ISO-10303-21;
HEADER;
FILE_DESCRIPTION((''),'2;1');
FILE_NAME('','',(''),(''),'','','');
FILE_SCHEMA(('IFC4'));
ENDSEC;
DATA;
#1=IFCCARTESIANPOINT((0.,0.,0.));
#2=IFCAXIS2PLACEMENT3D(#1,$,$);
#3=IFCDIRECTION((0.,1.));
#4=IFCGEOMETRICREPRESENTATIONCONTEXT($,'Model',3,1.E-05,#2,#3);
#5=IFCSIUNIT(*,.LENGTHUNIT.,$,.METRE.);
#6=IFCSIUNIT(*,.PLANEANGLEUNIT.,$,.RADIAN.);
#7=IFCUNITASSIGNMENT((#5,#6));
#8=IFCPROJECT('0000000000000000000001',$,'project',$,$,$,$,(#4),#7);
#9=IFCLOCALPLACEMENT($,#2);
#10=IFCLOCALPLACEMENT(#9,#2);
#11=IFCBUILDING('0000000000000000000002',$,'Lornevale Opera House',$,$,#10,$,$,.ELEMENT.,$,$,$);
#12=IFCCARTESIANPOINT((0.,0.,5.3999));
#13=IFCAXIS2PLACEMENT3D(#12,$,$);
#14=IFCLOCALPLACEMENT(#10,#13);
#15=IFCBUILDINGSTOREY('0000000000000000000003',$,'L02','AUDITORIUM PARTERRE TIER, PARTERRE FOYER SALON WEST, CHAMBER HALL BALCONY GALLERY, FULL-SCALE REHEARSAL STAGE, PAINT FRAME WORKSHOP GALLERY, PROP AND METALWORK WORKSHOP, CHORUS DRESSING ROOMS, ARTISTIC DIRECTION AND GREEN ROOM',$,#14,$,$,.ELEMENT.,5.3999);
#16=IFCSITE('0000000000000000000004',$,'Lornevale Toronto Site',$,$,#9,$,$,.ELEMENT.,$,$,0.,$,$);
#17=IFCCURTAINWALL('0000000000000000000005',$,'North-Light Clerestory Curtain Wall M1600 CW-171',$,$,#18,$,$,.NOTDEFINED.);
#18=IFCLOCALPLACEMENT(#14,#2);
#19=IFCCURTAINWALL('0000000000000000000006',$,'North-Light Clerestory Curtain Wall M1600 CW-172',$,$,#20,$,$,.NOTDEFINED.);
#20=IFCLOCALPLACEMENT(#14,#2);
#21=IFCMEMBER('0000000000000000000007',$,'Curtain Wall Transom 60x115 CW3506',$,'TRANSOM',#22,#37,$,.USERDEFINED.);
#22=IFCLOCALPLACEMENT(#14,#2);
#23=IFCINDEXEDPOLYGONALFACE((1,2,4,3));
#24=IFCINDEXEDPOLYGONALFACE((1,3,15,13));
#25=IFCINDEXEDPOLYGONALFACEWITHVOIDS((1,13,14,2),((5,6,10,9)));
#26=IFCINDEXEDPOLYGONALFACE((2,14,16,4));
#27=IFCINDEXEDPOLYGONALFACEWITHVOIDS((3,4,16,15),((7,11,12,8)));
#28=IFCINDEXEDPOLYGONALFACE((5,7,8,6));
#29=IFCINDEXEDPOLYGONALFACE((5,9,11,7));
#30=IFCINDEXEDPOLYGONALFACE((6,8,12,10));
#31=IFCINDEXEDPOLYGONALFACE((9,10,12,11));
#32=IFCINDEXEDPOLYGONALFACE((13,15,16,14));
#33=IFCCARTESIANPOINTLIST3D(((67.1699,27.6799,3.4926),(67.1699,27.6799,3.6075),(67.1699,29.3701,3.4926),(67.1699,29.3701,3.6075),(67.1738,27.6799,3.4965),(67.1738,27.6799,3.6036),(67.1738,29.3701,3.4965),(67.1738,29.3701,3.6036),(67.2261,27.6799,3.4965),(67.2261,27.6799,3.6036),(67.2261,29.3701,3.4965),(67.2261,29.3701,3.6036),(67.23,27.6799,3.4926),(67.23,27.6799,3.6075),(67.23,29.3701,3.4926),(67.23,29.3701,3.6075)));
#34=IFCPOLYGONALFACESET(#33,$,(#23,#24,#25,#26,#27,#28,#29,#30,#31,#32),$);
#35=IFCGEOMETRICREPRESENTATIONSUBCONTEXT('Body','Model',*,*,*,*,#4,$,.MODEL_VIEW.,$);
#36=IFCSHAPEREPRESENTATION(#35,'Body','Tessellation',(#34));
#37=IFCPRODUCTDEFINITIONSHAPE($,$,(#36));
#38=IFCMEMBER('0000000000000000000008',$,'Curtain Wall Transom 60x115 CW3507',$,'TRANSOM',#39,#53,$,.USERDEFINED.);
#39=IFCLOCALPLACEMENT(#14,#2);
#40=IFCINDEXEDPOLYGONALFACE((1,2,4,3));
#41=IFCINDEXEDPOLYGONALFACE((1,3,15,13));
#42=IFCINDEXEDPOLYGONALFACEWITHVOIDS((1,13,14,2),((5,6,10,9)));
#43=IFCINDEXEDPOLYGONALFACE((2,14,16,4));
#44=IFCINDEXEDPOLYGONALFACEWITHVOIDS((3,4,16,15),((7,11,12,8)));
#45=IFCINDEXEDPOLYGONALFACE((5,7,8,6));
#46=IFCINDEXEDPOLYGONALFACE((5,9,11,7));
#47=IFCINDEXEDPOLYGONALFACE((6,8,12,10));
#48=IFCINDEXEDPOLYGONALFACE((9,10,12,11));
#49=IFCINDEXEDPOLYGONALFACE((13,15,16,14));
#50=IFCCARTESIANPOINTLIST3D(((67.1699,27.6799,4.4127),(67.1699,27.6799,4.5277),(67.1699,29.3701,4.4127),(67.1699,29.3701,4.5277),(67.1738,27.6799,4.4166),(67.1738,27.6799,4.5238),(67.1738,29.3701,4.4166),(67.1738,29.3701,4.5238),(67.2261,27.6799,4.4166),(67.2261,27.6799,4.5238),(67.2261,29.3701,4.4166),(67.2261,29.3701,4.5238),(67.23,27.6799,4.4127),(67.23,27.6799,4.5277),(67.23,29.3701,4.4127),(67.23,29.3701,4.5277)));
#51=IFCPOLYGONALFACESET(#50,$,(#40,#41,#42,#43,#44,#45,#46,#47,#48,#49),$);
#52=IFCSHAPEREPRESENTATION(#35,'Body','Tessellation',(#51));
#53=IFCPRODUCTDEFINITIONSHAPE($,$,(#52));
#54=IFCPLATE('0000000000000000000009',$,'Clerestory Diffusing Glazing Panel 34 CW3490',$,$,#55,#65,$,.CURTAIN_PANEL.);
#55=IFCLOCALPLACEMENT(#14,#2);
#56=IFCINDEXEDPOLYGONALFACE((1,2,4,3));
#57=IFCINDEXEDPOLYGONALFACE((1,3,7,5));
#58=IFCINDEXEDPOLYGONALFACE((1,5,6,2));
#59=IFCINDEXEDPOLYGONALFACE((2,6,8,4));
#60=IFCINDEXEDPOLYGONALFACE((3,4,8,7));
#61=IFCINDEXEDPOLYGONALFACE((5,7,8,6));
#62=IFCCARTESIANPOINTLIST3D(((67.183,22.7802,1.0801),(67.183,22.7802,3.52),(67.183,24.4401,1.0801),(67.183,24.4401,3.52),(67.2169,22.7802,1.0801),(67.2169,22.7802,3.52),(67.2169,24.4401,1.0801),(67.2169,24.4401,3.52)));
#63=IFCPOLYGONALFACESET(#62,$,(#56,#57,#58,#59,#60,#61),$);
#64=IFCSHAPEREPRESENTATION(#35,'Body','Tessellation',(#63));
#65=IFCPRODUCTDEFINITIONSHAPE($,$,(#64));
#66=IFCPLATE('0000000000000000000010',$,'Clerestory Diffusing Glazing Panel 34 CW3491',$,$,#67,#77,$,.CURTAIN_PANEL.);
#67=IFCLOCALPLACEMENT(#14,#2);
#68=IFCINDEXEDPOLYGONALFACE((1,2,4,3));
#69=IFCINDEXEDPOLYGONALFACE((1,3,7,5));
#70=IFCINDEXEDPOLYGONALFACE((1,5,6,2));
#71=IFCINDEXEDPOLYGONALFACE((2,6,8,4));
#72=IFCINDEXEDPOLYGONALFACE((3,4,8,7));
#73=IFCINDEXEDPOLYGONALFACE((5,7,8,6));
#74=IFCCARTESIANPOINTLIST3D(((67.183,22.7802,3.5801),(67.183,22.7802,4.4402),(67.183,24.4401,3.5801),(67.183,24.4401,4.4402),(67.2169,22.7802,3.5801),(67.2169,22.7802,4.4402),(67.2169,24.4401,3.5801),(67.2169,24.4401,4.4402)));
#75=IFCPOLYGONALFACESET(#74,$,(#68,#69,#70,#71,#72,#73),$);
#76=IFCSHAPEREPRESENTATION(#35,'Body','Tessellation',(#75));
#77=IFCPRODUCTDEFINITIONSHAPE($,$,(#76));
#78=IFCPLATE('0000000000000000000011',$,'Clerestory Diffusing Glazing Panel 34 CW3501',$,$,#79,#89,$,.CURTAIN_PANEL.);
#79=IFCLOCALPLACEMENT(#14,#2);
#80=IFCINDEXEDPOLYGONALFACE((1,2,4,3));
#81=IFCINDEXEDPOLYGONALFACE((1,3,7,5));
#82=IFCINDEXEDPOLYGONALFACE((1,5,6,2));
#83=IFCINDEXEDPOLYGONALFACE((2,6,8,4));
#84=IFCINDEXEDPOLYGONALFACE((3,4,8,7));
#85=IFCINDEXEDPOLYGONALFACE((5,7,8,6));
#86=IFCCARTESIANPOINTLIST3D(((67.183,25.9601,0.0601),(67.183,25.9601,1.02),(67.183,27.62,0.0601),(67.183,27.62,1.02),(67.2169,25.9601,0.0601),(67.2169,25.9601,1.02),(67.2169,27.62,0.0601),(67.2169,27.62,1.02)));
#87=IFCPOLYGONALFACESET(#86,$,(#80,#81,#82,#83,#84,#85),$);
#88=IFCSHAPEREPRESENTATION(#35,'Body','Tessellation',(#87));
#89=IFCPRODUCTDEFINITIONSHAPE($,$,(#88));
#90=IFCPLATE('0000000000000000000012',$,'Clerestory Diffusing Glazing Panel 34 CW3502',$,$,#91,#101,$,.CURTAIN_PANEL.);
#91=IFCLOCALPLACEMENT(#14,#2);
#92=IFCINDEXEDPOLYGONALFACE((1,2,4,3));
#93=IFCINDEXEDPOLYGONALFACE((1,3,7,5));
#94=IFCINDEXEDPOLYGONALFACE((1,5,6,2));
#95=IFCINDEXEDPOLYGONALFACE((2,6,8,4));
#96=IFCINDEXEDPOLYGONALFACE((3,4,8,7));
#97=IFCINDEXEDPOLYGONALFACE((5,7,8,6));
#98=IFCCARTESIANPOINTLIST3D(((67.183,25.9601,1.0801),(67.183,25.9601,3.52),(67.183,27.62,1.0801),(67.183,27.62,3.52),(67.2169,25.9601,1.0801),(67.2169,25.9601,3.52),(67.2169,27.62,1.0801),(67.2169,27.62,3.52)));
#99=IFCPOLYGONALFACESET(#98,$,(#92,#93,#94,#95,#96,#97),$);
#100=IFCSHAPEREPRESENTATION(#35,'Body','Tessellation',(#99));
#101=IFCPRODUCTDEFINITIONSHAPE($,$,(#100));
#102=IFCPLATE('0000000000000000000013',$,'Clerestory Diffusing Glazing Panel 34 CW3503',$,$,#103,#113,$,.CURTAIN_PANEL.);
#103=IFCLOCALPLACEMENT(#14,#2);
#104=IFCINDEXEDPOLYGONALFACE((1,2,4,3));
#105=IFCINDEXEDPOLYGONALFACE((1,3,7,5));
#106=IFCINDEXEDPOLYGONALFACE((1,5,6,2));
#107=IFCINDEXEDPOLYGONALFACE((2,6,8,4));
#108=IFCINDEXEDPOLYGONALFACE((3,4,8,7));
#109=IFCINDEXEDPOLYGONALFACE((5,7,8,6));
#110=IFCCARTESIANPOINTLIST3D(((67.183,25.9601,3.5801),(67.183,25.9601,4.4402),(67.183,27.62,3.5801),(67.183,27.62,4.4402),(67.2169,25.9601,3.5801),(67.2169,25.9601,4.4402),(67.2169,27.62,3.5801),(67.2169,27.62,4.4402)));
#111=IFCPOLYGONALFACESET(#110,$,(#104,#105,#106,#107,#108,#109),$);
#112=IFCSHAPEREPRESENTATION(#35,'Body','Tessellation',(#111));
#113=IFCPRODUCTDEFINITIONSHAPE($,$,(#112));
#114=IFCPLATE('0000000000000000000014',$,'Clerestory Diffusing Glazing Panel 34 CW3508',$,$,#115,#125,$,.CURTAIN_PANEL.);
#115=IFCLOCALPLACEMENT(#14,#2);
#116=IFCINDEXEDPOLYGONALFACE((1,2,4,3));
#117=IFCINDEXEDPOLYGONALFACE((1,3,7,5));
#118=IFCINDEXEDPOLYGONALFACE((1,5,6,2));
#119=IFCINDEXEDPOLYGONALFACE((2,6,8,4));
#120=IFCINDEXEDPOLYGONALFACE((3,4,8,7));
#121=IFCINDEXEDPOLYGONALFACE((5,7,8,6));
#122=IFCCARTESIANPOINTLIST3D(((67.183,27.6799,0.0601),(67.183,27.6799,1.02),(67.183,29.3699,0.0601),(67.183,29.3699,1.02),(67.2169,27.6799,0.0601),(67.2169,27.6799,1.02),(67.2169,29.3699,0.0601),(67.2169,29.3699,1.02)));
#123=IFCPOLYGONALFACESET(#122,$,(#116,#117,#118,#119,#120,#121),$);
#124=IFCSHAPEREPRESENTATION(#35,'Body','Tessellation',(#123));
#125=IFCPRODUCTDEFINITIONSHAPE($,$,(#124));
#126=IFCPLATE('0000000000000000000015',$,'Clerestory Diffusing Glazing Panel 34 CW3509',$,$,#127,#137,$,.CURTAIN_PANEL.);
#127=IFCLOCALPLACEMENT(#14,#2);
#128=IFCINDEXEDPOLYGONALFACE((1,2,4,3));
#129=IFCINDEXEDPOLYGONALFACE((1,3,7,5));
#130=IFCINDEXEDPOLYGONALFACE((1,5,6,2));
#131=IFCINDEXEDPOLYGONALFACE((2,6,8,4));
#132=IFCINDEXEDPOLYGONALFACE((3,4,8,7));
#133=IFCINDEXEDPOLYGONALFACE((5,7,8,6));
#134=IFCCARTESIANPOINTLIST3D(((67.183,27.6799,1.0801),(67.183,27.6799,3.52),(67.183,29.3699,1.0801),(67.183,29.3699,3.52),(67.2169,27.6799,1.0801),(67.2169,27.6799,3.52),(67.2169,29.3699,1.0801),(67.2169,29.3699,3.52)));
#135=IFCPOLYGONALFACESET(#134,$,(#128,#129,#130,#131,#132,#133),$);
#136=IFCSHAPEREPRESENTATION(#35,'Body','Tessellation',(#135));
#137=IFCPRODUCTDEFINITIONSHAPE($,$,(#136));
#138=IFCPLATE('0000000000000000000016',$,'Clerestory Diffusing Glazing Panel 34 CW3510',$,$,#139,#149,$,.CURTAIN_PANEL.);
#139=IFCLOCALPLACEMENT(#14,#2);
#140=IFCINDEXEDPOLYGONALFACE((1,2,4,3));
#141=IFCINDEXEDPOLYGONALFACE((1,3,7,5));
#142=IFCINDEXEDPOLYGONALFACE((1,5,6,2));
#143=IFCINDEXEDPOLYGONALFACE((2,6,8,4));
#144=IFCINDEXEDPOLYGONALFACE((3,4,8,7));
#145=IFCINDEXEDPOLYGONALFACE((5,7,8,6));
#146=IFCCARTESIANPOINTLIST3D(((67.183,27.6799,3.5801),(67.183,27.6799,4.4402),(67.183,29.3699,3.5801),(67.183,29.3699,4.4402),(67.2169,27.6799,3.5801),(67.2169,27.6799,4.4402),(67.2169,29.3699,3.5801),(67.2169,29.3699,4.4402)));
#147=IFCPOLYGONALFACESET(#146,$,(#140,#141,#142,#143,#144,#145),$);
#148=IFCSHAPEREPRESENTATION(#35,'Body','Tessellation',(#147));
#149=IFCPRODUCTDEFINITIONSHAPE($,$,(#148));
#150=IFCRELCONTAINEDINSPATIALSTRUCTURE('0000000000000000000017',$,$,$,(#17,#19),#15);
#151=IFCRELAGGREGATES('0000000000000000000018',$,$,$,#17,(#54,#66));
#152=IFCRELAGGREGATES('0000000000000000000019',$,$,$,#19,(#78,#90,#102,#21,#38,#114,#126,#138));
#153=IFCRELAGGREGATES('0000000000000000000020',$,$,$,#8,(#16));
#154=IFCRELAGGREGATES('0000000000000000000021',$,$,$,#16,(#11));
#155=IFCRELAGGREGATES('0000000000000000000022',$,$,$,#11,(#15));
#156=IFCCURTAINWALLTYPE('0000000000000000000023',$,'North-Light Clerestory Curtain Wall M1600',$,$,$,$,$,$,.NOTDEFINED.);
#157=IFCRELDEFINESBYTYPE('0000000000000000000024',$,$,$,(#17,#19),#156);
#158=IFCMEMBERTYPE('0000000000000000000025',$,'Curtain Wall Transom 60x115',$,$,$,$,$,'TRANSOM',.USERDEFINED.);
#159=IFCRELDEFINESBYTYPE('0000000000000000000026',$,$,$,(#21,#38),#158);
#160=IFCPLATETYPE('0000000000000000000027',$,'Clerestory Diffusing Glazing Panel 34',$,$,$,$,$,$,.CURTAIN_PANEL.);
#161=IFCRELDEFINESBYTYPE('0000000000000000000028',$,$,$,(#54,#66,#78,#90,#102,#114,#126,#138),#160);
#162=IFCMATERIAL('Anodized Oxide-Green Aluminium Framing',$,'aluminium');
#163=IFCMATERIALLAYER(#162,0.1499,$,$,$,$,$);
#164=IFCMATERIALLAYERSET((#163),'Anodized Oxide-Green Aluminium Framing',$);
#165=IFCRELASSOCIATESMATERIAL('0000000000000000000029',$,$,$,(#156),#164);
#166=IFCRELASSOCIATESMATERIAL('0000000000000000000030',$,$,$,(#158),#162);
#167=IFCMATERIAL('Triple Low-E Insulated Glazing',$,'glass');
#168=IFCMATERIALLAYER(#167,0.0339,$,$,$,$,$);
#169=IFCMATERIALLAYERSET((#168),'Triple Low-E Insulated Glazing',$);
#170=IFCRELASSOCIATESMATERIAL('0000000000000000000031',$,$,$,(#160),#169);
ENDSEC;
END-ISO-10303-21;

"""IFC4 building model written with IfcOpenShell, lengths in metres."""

from ifc_helpers import new_model, si_unit, direction, frame, origin, origin_2d, place, context, subcontext, project, spatial, rectangle, hollow_rectangle, extrude, material, layer, layer_set, material_profile, profile_set, type_object, element, aggregate, save


model = new_model("IFC4")

# Units and contexts
model_context = context("Model", 3, precision=1e-05, world=origin(), true_north=direction((0.0, 1.0)))
body_context = subcontext(model_context, "Body", "Model", "MODEL_VIEW")
ifc_project = project(units=[si_unit("LENGTHUNIT", "METRE"), si_unit("PLANEANGLEUNIT", "RADIAN")], contexts=[model_context])

# Site, building, storey
site_placement = place(None, origin())
site = spatial("IfcSite", under=ifc_project, at=site_placement, Name="Lornevale Toronto Site", CompositionType="ELEMENT", RefElevation=0.0)
building_placement = place(site_placement, origin())
building = spatial("IfcBuilding", under=site, at=building_placement, Name="Lornevale Opera House", CompositionType="ELEMENT")
storey_placement = place(building_placement, frame((0.0, 0.0, 5.3999)))
storey = spatial("IfcBuildingStorey", under=building, at=storey_placement, Name="L02", Description="AUDITORIUM PARTERRE TIER, PARTERRE FOYER SALON WEST, CHAMBER HALL BALCONY GALLERY, FULL-SCALE REHEARSAL STAGE, PAINT FRAME WORKSHOP GALLERY, PROP AND METALWORK WORKSHOP, CHORUS DRESSING ROOMS, ARTISTIC DIRECTION AND GREEN ROOM", CompositionType="ELEMENT", Elevation=5.3999)

# Curtain wall
ifc_material_1 = material(Name="Anodized Oxide-Green Aluminium Framing", Category="aluminium")
ifc_layer_1 = layer(ifc_material_1, 0.1499)
ifc_layer_set_1 = layer_set([ifc_layer_1], Name="Anodized Oxide-Green Aluminium Framing")
curtain_wall_type = type_object("IfcCurtainWallType", Name="North-Light Clerestory Curtain Wall M1600", PredefinedType="NOTDEFINED", material=ifc_layer_set_1)
curtain_wall_1_placement = place(storey_placement, origin())
curtain_wall_1 = element("IfcCurtainWall", 1, at=curtain_wall_1_placement, inside=storey, type_object=curtain_wall_type, Name="North-Light Clerestory Curtain Wall M1600 CW-171", PredefinedType="NOTDEFINED")

# Curtain wall, members
curtain_wall_2_placement = place(storey_placement, origin())
curtain_wall_2 = element("IfcCurtainWall", 2, at=curtain_wall_2_placement, inside=storey, type_object=curtain_wall_type, Name="North-Light Clerestory Curtain Wall M1600 CW-172", PredefinedType="NOTDEFINED")
ifc_material_profile_1 = material_profile(ifc_material_1, hollow_rectangle(XDim=0.0601, YDim=0.115, WallThickness=0.0039, at=origin_2d()), Name="ALU60x115x4")
ifc_profile_set_1 = profile_set([ifc_material_profile_1], Name="Anodized Oxide-Green Aluminium Framing")
member_type_1 = type_object("IfcMemberType", Name="Curtain Wall Transom 60x115", ElementType="TRANSOM", PredefinedType="USERDEFINED", material=ifc_profile_set_1)
member_1_placement = place(storey_placement, frame((67.2, 27.6799, 3.55), z_axis=(0.0, 1.0, 0.0), x_axis=(-1.0, 0.0, 0.0)))
member_1 = element("IfcMember", 3, at=member_1_placement, type_object=member_type_1, Name="Curtain Wall Transom 60x115 CW3506", ObjectType="TRANSOM", PredefinedType="USERDEFINED", context=body_context, shape_type="SweptSolid", body=[
    extrude(hollow_rectangle(XDim=0.0601, YDim=0.115, WallThickness=0.0039, at=origin_2d()), origin(), (0.0, 0.0, 1.0), 1.6902),
])
member_2_placement = place(storey_placement, frame((67.2, 27.6799, 4.4702), z_axis=(0.0, 1.0, 0.0), x_axis=(-1.0, 0.0, 0.0)))
member_2 = element("IfcMember", 4, at=member_2_placement, type_object=member_type_1, Name="Curtain Wall Transom 60x115 CW3507", ObjectType="TRANSOM", PredefinedType="USERDEFINED", context=body_context, shape_type="SweptSolid", body=[
    extrude(hollow_rectangle(XDim=0.0601, YDim=0.115, WallThickness=0.0039, at=origin_2d()), origin(), (0.0, 0.0, 1.0), 1.6902),
])

# Plates
ifc_material_2 = material(Name="Triple Low-E Insulated Glazing", Category="glass")
ifc_layer_2 = layer(ifc_material_2, 0.0339)
ifc_layer_set_2 = layer_set([ifc_layer_2], Name="Triple Low-E Insulated Glazing")
plate_type = type_object("IfcPlateType", Name="Clerestory Diffusing Glazing Panel 34", PredefinedType="CURTAIN_PANEL", material=ifc_layer_set_2)
plate_1_placement = place(storey_placement, frame((67.2, 23.6101, 1.0801), z_axis=(0.0, 0.0, 1.0), x_axis=(0.0, 1.0, 0.0)))
plate_1 = element("IfcPlate", 5, at=plate_1_placement, type_object=plate_type, Name="Clerestory Diffusing Glazing Panel 34 CW3490", PredefinedType="CURTAIN_PANEL", context=body_context, shape_type="SweptSolid", body=[
    extrude(rectangle(XDim=1.6599, YDim=0.0339, at=origin_2d()), origin(), (0.0, 0.0, 1.0), 2.4399),
])
plate_2_placement = place(storey_placement, frame((67.2, 23.6101, 3.5801), z_axis=(0.0, 0.0, 1.0), x_axis=(0.0, 1.0, 0.0)))
plate_2 = element("IfcPlate", 6, at=plate_2_placement, type_object=plate_type, Name="Clerestory Diffusing Glazing Panel 34 CW3491", PredefinedType="CURTAIN_PANEL", context=body_context, shape_type="SweptSolid", body=[
    extrude(rectangle(XDim=1.6599, YDim=0.0339, at=origin_2d()), origin(), (0.0, 0.0, 1.0), 0.8601),
])
aggregate(curtain_wall_1, [plate_1, plate_2])
plate_3_placement = place(storey_placement, frame((67.2, 26.79, 0.0601), z_axis=(0.0, 0.0, 1.0), x_axis=(0.0, 1.0, 0.0)))
plate_3 = element("IfcPlate", 7, at=plate_3_placement, type_object=plate_type, Name="Clerestory Diffusing Glazing Panel 34 CW3501", PredefinedType="CURTAIN_PANEL", context=body_context, shape_type="SweptSolid", body=[
    extrude(rectangle(XDim=1.6599, YDim=0.0339, at=origin_2d()), origin(), (0.0, 0.0, 1.0), 0.96),
])
plate_4_placement = place(storey_placement, frame((67.2, 26.79, 1.0801), z_axis=(0.0, 0.0, 1.0), x_axis=(0.0, 1.0, 0.0)))
plate_4 = element("IfcPlate", 8, at=plate_4_placement, type_object=plate_type, Name="Clerestory Diffusing Glazing Panel 34 CW3502", PredefinedType="CURTAIN_PANEL", context=body_context, shape_type="SweptSolid", body=[
    extrude(rectangle(XDim=1.6599, YDim=0.0339, at=origin_2d()), origin(), (0.0, 0.0, 1.0), 2.4399),
])
plate_5_placement = place(storey_placement, frame((67.2, 26.79, 3.5801), z_axis=(0.0, 0.0, 1.0), x_axis=(0.0, 1.0, 0.0)))
plate_5 = element("IfcPlate", 9, at=plate_5_placement, type_object=plate_type, Name="Clerestory Diffusing Glazing Panel 34 CW3503", PredefinedType="CURTAIN_PANEL", context=body_context, shape_type="SweptSolid", body=[
    extrude(rectangle(XDim=1.6599, YDim=0.0339, at=origin_2d()), origin(), (0.0, 0.0, 1.0), 0.8601),
])
plate_6_placement = place(storey_placement, frame((67.2, 28.5249, 0.0601), z_axis=(0.0, 0.0, 1.0), x_axis=(0.0, 1.0, 0.0)))
plate_6 = element("IfcPlate", 10, at=plate_6_placement, type_object=plate_type, Name="Clerestory Diffusing Glazing Panel 34 CW3508", PredefinedType="CURTAIN_PANEL", context=body_context, shape_type="SweptSolid", body=[
    extrude(rectangle(XDim=1.6899, YDim=0.0339, at=origin_2d()), origin(), (0.0, 0.0, 1.0), 0.96),
])
plate_7_placement = place(storey_placement, frame((67.2, 28.5249, 1.0801), z_axis=(0.0, 0.0, 1.0), x_axis=(0.0, 1.0, 0.0)))
plate_7 = element("IfcPlate", 11, at=plate_7_placement, type_object=plate_type, Name="Clerestory Diffusing Glazing Panel 34 CW3509", PredefinedType="CURTAIN_PANEL", context=body_context, shape_type="SweptSolid", body=[
    extrude(rectangle(XDim=1.6899, YDim=0.0339, at=origin_2d()), origin(), (0.0, 0.0, 1.0), 2.4399),
])
plate_8_placement = place(storey_placement, frame((67.2, 28.5249, 3.5801), z_axis=(0.0, 0.0, 1.0), x_axis=(0.0, 1.0, 0.0)))
plate_8 = element("IfcPlate", 12, at=plate_8_placement, type_object=plate_type, Name="Clerestory Diffusing Glazing Panel 34 CW3510", PredefinedType="CURTAIN_PANEL", context=body_context, shape_type="SweptSolid", body=[
    extrude(rectangle(XDim=1.6899, YDim=0.0339, at=origin_2d()), origin(), (0.0, 0.0, 1.0), 0.8601),
])
aggregate(curtain_wall_2, [plate_3, plate_4, plate_5, member_1, member_2, plate_6, plate_7, plate_8])

save(model, "model.ifc")
